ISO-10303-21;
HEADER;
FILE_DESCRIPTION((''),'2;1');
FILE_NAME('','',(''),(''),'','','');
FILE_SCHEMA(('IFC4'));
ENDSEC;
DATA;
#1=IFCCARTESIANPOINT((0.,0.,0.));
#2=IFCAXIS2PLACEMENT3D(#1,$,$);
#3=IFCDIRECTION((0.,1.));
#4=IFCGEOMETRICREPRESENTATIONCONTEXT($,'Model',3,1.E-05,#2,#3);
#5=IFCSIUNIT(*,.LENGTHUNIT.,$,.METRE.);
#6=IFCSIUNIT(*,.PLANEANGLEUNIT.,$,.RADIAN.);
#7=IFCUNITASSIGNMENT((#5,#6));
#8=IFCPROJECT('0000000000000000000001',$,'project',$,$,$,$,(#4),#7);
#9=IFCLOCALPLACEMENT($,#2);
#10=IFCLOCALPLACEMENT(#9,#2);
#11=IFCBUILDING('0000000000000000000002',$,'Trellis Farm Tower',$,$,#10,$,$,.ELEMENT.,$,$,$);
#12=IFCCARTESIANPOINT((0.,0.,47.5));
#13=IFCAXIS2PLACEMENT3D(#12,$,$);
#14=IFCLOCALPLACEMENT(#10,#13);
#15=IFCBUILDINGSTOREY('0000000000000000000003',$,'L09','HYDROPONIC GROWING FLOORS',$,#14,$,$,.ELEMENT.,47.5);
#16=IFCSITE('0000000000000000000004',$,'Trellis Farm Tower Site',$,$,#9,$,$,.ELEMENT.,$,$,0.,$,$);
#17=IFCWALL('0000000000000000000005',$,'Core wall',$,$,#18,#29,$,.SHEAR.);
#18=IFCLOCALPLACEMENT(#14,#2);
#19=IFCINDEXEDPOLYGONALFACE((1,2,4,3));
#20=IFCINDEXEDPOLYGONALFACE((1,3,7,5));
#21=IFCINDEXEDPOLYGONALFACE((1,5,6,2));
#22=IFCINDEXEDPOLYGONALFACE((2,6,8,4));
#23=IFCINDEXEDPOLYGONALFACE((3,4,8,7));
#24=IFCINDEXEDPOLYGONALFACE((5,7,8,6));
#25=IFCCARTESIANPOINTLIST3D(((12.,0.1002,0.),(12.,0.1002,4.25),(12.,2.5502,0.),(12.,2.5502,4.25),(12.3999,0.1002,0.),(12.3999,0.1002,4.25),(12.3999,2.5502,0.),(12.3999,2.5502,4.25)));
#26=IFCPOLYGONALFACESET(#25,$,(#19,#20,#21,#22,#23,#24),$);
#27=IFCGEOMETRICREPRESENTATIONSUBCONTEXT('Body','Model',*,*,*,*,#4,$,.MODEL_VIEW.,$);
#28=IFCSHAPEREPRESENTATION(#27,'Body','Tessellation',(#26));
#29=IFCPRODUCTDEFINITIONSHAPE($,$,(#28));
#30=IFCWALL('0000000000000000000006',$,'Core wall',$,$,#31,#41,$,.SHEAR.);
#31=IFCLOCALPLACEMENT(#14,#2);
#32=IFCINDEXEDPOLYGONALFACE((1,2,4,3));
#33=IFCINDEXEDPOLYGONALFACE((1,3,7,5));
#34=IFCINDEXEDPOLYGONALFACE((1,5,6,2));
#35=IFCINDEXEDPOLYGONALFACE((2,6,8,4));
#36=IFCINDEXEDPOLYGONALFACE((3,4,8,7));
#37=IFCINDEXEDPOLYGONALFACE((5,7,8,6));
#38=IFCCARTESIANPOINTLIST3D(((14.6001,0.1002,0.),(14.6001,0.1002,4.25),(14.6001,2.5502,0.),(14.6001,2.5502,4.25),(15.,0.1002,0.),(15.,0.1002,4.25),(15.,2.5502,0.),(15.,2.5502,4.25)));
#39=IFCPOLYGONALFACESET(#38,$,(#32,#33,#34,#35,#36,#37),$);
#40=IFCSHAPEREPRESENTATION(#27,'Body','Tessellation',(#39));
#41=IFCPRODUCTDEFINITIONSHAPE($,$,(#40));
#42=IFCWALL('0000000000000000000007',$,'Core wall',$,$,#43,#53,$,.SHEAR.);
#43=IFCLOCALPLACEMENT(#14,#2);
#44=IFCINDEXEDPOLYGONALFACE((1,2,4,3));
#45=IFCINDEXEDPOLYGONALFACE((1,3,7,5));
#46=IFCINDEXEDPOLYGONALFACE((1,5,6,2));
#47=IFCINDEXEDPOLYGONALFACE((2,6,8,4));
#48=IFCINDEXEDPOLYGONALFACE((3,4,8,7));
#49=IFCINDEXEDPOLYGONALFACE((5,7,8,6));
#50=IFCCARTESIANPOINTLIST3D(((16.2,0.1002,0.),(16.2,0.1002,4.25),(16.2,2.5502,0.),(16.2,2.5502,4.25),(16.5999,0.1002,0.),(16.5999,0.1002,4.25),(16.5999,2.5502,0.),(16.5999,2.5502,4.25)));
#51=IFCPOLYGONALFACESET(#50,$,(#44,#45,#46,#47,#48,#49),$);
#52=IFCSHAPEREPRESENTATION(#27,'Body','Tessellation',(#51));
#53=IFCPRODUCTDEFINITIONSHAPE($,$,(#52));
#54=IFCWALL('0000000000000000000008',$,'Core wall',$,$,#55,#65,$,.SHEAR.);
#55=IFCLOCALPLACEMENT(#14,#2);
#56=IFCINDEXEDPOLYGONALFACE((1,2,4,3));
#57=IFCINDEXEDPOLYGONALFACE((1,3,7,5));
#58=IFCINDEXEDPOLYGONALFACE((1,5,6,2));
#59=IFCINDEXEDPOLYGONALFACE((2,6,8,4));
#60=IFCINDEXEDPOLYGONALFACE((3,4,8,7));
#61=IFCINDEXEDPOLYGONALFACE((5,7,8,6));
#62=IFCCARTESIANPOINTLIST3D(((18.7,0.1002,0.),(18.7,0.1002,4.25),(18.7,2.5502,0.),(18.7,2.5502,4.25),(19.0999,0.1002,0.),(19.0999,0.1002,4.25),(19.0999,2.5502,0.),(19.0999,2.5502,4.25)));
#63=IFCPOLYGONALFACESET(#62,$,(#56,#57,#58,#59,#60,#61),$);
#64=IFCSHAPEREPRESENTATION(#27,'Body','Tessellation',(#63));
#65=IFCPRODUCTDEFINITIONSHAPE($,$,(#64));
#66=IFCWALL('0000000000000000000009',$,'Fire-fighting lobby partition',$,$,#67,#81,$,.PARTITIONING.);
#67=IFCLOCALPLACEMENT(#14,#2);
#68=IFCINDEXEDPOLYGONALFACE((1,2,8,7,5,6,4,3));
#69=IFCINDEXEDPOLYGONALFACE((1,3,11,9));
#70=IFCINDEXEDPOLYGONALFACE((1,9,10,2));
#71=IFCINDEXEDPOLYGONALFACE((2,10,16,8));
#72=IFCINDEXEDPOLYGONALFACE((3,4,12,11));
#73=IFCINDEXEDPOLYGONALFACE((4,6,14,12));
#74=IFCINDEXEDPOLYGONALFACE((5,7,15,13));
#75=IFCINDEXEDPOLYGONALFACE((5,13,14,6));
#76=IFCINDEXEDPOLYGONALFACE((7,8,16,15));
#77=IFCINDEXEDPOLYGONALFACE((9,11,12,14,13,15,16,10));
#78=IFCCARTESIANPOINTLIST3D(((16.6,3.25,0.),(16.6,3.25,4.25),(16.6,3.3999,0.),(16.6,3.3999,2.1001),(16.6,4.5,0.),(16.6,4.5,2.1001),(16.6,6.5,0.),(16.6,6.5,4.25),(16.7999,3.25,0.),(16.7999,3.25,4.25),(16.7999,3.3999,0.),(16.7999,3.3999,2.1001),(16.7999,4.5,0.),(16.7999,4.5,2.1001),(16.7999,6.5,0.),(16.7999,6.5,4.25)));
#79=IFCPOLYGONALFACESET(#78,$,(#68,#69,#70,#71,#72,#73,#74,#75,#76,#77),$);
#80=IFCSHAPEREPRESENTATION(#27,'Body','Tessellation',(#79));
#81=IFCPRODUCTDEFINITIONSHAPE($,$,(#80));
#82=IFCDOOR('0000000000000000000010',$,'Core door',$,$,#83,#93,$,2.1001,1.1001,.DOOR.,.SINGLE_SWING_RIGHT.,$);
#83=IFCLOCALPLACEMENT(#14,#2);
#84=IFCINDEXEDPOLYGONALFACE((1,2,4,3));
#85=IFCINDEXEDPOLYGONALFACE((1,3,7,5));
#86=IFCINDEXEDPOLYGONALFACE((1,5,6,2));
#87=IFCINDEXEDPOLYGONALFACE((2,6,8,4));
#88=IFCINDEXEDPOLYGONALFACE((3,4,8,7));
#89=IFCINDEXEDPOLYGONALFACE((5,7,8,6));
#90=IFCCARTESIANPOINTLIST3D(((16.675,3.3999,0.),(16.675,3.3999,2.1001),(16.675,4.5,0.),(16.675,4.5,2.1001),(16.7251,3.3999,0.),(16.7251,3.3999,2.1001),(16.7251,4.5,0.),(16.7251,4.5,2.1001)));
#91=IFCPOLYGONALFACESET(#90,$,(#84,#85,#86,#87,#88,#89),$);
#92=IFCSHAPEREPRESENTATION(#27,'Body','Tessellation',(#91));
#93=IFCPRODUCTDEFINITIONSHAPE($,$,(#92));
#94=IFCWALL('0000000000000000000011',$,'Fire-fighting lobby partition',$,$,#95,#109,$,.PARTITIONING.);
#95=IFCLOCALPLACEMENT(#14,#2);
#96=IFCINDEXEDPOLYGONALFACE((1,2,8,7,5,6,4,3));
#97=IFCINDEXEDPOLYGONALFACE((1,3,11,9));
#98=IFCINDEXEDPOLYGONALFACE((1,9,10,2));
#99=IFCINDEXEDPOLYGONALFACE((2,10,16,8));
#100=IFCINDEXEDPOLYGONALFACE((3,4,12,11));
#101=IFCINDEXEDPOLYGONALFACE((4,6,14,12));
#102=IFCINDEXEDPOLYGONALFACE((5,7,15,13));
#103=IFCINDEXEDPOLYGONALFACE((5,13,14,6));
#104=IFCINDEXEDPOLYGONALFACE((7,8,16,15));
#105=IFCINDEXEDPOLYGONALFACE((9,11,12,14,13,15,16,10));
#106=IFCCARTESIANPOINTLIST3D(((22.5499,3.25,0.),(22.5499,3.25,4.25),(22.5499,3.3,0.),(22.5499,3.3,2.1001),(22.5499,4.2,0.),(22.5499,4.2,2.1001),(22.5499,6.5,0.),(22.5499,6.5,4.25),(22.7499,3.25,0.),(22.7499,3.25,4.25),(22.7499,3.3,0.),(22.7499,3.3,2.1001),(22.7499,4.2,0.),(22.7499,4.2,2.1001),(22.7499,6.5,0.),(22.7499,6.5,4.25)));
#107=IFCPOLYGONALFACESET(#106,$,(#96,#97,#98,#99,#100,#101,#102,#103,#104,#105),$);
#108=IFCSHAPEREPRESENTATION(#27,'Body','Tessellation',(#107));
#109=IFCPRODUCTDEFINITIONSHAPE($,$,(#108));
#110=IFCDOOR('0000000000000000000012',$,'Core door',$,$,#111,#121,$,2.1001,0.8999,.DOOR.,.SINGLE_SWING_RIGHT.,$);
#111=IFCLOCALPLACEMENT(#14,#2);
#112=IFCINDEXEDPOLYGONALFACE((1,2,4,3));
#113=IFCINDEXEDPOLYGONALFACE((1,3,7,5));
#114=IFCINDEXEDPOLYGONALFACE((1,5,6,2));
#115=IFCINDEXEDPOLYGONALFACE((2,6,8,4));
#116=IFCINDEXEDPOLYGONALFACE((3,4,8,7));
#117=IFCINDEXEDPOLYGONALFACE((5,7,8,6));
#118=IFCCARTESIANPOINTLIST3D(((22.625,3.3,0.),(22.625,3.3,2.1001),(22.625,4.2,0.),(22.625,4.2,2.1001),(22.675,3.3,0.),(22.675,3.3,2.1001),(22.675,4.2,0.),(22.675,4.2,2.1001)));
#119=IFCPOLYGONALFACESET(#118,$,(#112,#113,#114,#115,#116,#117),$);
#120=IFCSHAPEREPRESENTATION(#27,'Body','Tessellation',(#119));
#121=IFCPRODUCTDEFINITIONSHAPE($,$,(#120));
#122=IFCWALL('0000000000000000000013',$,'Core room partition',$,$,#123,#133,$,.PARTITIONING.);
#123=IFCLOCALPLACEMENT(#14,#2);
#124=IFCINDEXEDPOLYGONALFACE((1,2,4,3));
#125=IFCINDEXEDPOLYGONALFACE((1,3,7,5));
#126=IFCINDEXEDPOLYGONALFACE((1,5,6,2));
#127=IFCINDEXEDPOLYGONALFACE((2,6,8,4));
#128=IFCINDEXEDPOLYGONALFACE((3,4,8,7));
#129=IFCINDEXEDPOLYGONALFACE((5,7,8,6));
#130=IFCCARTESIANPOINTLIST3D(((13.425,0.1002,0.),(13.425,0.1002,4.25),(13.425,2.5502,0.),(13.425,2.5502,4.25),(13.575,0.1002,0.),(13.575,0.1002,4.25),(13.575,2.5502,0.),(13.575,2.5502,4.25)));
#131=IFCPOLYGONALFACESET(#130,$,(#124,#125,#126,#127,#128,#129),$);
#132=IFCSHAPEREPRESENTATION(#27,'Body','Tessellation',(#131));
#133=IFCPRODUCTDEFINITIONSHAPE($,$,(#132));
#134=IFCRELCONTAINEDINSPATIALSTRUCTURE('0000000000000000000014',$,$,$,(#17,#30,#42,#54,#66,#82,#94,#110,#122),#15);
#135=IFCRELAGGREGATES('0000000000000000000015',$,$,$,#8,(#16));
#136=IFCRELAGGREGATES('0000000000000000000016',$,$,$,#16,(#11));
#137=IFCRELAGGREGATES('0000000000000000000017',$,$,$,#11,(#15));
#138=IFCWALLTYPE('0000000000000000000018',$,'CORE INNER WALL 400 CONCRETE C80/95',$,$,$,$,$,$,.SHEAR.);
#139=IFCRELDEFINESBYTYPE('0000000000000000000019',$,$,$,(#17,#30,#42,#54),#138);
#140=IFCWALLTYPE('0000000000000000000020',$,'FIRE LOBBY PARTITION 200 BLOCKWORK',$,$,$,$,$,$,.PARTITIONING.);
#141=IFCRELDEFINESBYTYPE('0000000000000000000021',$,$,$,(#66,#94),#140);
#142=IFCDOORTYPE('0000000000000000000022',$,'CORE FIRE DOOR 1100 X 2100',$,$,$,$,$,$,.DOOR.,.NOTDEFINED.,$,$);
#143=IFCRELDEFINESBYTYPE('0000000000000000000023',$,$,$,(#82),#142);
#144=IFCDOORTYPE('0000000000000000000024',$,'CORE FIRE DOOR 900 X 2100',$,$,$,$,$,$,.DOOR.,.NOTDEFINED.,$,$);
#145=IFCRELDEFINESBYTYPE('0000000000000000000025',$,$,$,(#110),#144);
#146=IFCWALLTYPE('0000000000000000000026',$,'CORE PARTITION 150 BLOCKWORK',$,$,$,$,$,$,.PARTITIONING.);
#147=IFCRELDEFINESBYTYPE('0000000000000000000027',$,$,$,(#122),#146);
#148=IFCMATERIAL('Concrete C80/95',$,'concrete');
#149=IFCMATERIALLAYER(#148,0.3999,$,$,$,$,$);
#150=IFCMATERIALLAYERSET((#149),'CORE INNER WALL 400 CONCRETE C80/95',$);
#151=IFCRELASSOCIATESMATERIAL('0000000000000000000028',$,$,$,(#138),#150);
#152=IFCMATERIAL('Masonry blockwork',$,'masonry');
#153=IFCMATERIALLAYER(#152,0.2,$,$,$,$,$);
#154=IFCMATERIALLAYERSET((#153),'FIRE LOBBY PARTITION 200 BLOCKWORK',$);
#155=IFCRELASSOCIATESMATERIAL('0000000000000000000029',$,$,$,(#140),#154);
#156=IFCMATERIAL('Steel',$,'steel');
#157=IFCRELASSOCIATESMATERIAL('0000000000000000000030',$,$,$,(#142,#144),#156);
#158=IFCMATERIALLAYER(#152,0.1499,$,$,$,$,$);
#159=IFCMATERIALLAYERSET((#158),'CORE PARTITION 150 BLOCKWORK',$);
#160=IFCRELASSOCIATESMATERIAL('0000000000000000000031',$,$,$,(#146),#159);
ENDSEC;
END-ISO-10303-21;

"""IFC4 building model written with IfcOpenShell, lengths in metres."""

from ifc_helpers import new_model, si_unit, direction, frame, frame_2d, origin, place, context, subcontext, project, spatial, rectangle, extrude, source, transform, mapped, material, layer, layer_set, type_object, element, fill, save


model = new_model("IFC4")

# Units and contexts
model_context = context("Model", 3, precision=1e-05, world=origin(), true_north=direction((0.0, 1.0)))
body_context = subcontext(model_context, "Body", "Model", "MODEL_VIEW")
ifc_project = project(units=[si_unit("LENGTHUNIT", "METRE"), si_unit("PLANEANGLEUNIT", "RADIAN")], contexts=[model_context])

# Site, building, storey
site_placement = place(None, origin())
site = spatial("IfcSite", under=ifc_project, at=site_placement, Name="Trellis Farm Tower Site", CompositionType="ELEMENT", RefElevation=0.0)
building_placement = place(site_placement, origin())
building = spatial("IfcBuilding", under=site, at=building_placement, Name="Trellis Farm Tower", CompositionType="ELEMENT")
storey_placement = place(building_placement, frame((0.0, 0.0, 47.5)))
storey = spatial("IfcBuildingStorey", under=building, at=storey_placement, Name="L09", Description="HYDROPONIC GROWING FLOORS", CompositionType="ELEMENT", Elevation=47.5)

# Shared definitions
ifc_material_1 = material(Name="Concrete C80/95", Category="concrete")

# Walls
ifc_layer_1 = layer(ifc_material_1, 0.3999)
ifc_layer_set_1 = layer_set([ifc_layer_1], Name="CORE INNER WALL 400 CONCRETE C80/95")
wall_type_1 = type_object("IfcWallType", Name="CORE INNER WALL 400 CONCRETE C80/95", PredefinedType="SHEAR", material=ifc_layer_set_1)
shared_shape_1 = source(origin(), body_context, "Body", "SweptSolid", [
    extrude(rectangle(XDim=2.45, YDim=0.3999, at=frame_2d((1.2251, 0.0))), origin(), (0.0, 0.0, 1.0), 4.25),
])
for number, where, z_axis, x_axis, name in (
    (1, (12.2, 0.1001, 0.0), (0.0, 0.0, 1.0), (0.0, 1.0, 0.0), "Core wall"),
    (2, (14.8, 0.1001, 0.0), (0.0, 0.0, 1.0), (0.0, 1.0, 0.0), "Core wall"),
    (3, (16.3999, 0.1001, 0.0), (0.0, 0.0, 1.0), (0.0, 1.0, 0.0), "Core wall"),
    (4, (18.8999, 0.1001, 0.0), (0.0, 0.0, 1.0), (0.0, 1.0, 0.0), "Core wall"),
):
    element("IfcWall", number, at=place(storey_placement, frame(where, z_axis=z_axis, x_axis=x_axis)), inside=storey, type_object=wall_type_1, Name=name, PredefinedType="SHEAR", context=body_context, shape_type="MappedRepresentation", body=[
        mapped(shared_shape_1, transform((0.0, 0.0, 0.0))),
    ])

# Walls, openings, doors
ifc_material_2 = material(Name="Masonry blockwork", Category="masonry")
ifc_layer_2 = layer(ifc_material_2, 0.2)
ifc_layer_set_2 = layer_set([ifc_layer_2], Name="FIRE LOBBY PARTITION 200 BLOCKWORK")
wall_type_2 = type_object("IfcWallType", Name="FIRE LOBBY PARTITION 200 BLOCKWORK", PredefinedType="PARTITIONING", material=ifc_layer_set_2)
shared_shape_2 = source(origin(), body_context, "Body", "SweptSolid", [
    extrude(rectangle(XDim=3.25, YDim=0.2, at=frame_2d((1.625, 0.0))), origin(), (0.0, 0.0, 1.0), 4.25),
])
wall_1_placement = place(storey_placement, frame((16.7, 3.25, 0.0), z_axis=(0.0, 0.0, 1.0), x_axis=(0.0, 1.0, 0.0)))
wall_1 = element("IfcWall", 5, at=wall_1_placement, inside=storey, type_object=wall_type_2, Name="Fire-fighting lobby partition", PredefinedType="PARTITIONING", context=body_context, shape_type="MappedRepresentation", body=[
    mapped(shared_shape_2, transform((0.0, 0.0, 0.0))),
])
shared_shape_3 = source(origin(), body_context, "Body", "SweptSolid", [
    extrude(rectangle(XDim=1.1001, YDim=2.1001, at=frame_2d((0.55, 1.05))), frame((0.0, 0.1101, 0.0), z_axis=(0.0, -1.0, 0.0), x_axis=(1.0, 0.0, 0.0)), (0.0, 0.0, 1.0), 0.2202),
])
opening_1_placement = place(wall_1_placement, frame((0.1499, 0.0, 0.0)))
opening_1 = element("IfcOpeningElement", 6, at=opening_1_placement, cuts=wall_1, PredefinedType="OPENING", context=body_context, shape_type="MappedRepresentation", body=[
    mapped(shared_shape_3, transform((0.0, 0.0, 0.0))),
])
ifc_material_3 = material(Name="Steel", Category="steel")
door_type_1 = type_object("IfcDoorType", Name="CORE FIRE DOOR 1100 X 2100", OperationType="NOTDEFINED", PredefinedType="DOOR", material=ifc_material_3)
shared_shape_4 = source(origin(), body_context, "Body", "SweptSolid", [
    extrude(rectangle(XDim=1.1001, YDim=2.1001, at=frame_2d((0.55, 1.05))), frame((0.0, 0.0249, 0.0), z_axis=(0.0, -1.0, 0.0), x_axis=(1.0, 0.0, 0.0)), (0.0, 0.0, 1.0), 0.05),
])
door_1_placement = place(opening_1_placement, origin())
door_1 = element("IfcDoor", 7, at=door_1_placement, inside=storey, type_object=door_type_1, Name="Core door", OperationType="SINGLE_SWING_RIGHT", OverallHeight=2.1001, OverallWidth=1.1001, PredefinedType="DOOR", context=body_context, shape_type="MappedRepresentation", body=[
    mapped(shared_shape_4, transform((0.0, 0.0, 0.0))),
])
fill(opening_1, door_1)
wall_2_placement = place(storey_placement, frame((22.6499, 3.25, 0.0), z_axis=(0.0, 0.0, 1.0), x_axis=(0.0, 1.0, 0.0)))
wall_2 = element("IfcWall", 8, at=wall_2_placement, inside=storey, type_object=wall_type_2, Name="Fire-fighting lobby partition", PredefinedType="PARTITIONING", context=body_context, shape_type="MappedRepresentation", body=[
    mapped(shared_shape_2, transform((0.0, 0.0, 0.0))),
])
shared_shape_5 = source(origin(), body_context, "Body", "SweptSolid", [
    extrude(rectangle(XDim=0.8999, YDim=2.1001, at=frame_2d((0.45, 1.05))), frame((0.0, 0.1101, 0.0), z_axis=(0.0, -1.0, 0.0), x_axis=(1.0, 0.0, 0.0)), (0.0, 0.0, 1.0), 0.2202),
])
opening_2_placement = place(wall_2_placement, frame((0.05, 0.0, 0.0)))
opening_2 = element("IfcOpeningElement", 9, at=opening_2_placement, cuts=wall_2, PredefinedType="OPENING", context=body_context, shape_type="MappedRepresentation", body=[
    mapped(shared_shape_5, transform((0.0, 0.0, 0.0))),
])
door_type_2 = type_object("IfcDoorType", Name="CORE FIRE DOOR 900 X 2100", OperationType="NOTDEFINED", PredefinedType="DOOR", material=ifc_material_3)
shared_shape_6 = source(origin(), body_context, "Body", "SweptSolid", [
    extrude(rectangle(XDim=0.8999, YDim=2.1001, at=frame_2d((0.45, 1.05))), frame((0.0, 0.0249, 0.0), z_axis=(0.0, -1.0, 0.0), x_axis=(1.0, 0.0, 0.0)), (0.0, 0.0, 1.0), 0.05),
])
door_2_placement = place(opening_2_placement, origin())
door_2 = element("IfcDoor", 10, at=door_2_placement, inside=storey, type_object=door_type_2, Name="Core door", OperationType="SINGLE_SWING_RIGHT", OverallHeight=2.1001, OverallWidth=0.8999, PredefinedType="DOOR", context=body_context, shape_type="MappedRepresentation", body=[
    mapped(shared_shape_6, transform((0.0, 0.0, 0.0))),
])
fill(opening_2, door_2)

# Wall
ifc_layer_3 = layer(ifc_material_2, 0.1499)
ifc_layer_set_3 = layer_set([ifc_layer_3], Name="CORE PARTITION 150 BLOCKWORK")
wall_type_3 = type_object("IfcWallType", Name="CORE PARTITION 150 BLOCKWORK", PredefinedType="PARTITIONING", material=ifc_layer_set_3)
shared_shape_7 = source(origin(), body_context, "Body", "SweptSolid", [
    extrude(rectangle(XDim=2.45, YDim=0.1499, at=frame_2d((1.2251, 0.0))), origin(), (0.0, 0.0, 1.0), 4.25),
])
wall_3_placement = place(storey_placement, frame((13.5, 0.1001, 0.0), z_axis=(0.0, 0.0, 1.0), x_axis=(0.0, 1.0, 0.0)))
element("IfcWall", 11, at=wall_3_placement, inside=storey, type_object=wall_type_3, Name="Core room partition", PredefinedType="PARTITIONING", context=body_context, shape_type="MappedRepresentation", body=[
    mapped(shared_shape_7, transform((0.0, 0.0, 0.0))),
])

save(model, "model.ifc")
